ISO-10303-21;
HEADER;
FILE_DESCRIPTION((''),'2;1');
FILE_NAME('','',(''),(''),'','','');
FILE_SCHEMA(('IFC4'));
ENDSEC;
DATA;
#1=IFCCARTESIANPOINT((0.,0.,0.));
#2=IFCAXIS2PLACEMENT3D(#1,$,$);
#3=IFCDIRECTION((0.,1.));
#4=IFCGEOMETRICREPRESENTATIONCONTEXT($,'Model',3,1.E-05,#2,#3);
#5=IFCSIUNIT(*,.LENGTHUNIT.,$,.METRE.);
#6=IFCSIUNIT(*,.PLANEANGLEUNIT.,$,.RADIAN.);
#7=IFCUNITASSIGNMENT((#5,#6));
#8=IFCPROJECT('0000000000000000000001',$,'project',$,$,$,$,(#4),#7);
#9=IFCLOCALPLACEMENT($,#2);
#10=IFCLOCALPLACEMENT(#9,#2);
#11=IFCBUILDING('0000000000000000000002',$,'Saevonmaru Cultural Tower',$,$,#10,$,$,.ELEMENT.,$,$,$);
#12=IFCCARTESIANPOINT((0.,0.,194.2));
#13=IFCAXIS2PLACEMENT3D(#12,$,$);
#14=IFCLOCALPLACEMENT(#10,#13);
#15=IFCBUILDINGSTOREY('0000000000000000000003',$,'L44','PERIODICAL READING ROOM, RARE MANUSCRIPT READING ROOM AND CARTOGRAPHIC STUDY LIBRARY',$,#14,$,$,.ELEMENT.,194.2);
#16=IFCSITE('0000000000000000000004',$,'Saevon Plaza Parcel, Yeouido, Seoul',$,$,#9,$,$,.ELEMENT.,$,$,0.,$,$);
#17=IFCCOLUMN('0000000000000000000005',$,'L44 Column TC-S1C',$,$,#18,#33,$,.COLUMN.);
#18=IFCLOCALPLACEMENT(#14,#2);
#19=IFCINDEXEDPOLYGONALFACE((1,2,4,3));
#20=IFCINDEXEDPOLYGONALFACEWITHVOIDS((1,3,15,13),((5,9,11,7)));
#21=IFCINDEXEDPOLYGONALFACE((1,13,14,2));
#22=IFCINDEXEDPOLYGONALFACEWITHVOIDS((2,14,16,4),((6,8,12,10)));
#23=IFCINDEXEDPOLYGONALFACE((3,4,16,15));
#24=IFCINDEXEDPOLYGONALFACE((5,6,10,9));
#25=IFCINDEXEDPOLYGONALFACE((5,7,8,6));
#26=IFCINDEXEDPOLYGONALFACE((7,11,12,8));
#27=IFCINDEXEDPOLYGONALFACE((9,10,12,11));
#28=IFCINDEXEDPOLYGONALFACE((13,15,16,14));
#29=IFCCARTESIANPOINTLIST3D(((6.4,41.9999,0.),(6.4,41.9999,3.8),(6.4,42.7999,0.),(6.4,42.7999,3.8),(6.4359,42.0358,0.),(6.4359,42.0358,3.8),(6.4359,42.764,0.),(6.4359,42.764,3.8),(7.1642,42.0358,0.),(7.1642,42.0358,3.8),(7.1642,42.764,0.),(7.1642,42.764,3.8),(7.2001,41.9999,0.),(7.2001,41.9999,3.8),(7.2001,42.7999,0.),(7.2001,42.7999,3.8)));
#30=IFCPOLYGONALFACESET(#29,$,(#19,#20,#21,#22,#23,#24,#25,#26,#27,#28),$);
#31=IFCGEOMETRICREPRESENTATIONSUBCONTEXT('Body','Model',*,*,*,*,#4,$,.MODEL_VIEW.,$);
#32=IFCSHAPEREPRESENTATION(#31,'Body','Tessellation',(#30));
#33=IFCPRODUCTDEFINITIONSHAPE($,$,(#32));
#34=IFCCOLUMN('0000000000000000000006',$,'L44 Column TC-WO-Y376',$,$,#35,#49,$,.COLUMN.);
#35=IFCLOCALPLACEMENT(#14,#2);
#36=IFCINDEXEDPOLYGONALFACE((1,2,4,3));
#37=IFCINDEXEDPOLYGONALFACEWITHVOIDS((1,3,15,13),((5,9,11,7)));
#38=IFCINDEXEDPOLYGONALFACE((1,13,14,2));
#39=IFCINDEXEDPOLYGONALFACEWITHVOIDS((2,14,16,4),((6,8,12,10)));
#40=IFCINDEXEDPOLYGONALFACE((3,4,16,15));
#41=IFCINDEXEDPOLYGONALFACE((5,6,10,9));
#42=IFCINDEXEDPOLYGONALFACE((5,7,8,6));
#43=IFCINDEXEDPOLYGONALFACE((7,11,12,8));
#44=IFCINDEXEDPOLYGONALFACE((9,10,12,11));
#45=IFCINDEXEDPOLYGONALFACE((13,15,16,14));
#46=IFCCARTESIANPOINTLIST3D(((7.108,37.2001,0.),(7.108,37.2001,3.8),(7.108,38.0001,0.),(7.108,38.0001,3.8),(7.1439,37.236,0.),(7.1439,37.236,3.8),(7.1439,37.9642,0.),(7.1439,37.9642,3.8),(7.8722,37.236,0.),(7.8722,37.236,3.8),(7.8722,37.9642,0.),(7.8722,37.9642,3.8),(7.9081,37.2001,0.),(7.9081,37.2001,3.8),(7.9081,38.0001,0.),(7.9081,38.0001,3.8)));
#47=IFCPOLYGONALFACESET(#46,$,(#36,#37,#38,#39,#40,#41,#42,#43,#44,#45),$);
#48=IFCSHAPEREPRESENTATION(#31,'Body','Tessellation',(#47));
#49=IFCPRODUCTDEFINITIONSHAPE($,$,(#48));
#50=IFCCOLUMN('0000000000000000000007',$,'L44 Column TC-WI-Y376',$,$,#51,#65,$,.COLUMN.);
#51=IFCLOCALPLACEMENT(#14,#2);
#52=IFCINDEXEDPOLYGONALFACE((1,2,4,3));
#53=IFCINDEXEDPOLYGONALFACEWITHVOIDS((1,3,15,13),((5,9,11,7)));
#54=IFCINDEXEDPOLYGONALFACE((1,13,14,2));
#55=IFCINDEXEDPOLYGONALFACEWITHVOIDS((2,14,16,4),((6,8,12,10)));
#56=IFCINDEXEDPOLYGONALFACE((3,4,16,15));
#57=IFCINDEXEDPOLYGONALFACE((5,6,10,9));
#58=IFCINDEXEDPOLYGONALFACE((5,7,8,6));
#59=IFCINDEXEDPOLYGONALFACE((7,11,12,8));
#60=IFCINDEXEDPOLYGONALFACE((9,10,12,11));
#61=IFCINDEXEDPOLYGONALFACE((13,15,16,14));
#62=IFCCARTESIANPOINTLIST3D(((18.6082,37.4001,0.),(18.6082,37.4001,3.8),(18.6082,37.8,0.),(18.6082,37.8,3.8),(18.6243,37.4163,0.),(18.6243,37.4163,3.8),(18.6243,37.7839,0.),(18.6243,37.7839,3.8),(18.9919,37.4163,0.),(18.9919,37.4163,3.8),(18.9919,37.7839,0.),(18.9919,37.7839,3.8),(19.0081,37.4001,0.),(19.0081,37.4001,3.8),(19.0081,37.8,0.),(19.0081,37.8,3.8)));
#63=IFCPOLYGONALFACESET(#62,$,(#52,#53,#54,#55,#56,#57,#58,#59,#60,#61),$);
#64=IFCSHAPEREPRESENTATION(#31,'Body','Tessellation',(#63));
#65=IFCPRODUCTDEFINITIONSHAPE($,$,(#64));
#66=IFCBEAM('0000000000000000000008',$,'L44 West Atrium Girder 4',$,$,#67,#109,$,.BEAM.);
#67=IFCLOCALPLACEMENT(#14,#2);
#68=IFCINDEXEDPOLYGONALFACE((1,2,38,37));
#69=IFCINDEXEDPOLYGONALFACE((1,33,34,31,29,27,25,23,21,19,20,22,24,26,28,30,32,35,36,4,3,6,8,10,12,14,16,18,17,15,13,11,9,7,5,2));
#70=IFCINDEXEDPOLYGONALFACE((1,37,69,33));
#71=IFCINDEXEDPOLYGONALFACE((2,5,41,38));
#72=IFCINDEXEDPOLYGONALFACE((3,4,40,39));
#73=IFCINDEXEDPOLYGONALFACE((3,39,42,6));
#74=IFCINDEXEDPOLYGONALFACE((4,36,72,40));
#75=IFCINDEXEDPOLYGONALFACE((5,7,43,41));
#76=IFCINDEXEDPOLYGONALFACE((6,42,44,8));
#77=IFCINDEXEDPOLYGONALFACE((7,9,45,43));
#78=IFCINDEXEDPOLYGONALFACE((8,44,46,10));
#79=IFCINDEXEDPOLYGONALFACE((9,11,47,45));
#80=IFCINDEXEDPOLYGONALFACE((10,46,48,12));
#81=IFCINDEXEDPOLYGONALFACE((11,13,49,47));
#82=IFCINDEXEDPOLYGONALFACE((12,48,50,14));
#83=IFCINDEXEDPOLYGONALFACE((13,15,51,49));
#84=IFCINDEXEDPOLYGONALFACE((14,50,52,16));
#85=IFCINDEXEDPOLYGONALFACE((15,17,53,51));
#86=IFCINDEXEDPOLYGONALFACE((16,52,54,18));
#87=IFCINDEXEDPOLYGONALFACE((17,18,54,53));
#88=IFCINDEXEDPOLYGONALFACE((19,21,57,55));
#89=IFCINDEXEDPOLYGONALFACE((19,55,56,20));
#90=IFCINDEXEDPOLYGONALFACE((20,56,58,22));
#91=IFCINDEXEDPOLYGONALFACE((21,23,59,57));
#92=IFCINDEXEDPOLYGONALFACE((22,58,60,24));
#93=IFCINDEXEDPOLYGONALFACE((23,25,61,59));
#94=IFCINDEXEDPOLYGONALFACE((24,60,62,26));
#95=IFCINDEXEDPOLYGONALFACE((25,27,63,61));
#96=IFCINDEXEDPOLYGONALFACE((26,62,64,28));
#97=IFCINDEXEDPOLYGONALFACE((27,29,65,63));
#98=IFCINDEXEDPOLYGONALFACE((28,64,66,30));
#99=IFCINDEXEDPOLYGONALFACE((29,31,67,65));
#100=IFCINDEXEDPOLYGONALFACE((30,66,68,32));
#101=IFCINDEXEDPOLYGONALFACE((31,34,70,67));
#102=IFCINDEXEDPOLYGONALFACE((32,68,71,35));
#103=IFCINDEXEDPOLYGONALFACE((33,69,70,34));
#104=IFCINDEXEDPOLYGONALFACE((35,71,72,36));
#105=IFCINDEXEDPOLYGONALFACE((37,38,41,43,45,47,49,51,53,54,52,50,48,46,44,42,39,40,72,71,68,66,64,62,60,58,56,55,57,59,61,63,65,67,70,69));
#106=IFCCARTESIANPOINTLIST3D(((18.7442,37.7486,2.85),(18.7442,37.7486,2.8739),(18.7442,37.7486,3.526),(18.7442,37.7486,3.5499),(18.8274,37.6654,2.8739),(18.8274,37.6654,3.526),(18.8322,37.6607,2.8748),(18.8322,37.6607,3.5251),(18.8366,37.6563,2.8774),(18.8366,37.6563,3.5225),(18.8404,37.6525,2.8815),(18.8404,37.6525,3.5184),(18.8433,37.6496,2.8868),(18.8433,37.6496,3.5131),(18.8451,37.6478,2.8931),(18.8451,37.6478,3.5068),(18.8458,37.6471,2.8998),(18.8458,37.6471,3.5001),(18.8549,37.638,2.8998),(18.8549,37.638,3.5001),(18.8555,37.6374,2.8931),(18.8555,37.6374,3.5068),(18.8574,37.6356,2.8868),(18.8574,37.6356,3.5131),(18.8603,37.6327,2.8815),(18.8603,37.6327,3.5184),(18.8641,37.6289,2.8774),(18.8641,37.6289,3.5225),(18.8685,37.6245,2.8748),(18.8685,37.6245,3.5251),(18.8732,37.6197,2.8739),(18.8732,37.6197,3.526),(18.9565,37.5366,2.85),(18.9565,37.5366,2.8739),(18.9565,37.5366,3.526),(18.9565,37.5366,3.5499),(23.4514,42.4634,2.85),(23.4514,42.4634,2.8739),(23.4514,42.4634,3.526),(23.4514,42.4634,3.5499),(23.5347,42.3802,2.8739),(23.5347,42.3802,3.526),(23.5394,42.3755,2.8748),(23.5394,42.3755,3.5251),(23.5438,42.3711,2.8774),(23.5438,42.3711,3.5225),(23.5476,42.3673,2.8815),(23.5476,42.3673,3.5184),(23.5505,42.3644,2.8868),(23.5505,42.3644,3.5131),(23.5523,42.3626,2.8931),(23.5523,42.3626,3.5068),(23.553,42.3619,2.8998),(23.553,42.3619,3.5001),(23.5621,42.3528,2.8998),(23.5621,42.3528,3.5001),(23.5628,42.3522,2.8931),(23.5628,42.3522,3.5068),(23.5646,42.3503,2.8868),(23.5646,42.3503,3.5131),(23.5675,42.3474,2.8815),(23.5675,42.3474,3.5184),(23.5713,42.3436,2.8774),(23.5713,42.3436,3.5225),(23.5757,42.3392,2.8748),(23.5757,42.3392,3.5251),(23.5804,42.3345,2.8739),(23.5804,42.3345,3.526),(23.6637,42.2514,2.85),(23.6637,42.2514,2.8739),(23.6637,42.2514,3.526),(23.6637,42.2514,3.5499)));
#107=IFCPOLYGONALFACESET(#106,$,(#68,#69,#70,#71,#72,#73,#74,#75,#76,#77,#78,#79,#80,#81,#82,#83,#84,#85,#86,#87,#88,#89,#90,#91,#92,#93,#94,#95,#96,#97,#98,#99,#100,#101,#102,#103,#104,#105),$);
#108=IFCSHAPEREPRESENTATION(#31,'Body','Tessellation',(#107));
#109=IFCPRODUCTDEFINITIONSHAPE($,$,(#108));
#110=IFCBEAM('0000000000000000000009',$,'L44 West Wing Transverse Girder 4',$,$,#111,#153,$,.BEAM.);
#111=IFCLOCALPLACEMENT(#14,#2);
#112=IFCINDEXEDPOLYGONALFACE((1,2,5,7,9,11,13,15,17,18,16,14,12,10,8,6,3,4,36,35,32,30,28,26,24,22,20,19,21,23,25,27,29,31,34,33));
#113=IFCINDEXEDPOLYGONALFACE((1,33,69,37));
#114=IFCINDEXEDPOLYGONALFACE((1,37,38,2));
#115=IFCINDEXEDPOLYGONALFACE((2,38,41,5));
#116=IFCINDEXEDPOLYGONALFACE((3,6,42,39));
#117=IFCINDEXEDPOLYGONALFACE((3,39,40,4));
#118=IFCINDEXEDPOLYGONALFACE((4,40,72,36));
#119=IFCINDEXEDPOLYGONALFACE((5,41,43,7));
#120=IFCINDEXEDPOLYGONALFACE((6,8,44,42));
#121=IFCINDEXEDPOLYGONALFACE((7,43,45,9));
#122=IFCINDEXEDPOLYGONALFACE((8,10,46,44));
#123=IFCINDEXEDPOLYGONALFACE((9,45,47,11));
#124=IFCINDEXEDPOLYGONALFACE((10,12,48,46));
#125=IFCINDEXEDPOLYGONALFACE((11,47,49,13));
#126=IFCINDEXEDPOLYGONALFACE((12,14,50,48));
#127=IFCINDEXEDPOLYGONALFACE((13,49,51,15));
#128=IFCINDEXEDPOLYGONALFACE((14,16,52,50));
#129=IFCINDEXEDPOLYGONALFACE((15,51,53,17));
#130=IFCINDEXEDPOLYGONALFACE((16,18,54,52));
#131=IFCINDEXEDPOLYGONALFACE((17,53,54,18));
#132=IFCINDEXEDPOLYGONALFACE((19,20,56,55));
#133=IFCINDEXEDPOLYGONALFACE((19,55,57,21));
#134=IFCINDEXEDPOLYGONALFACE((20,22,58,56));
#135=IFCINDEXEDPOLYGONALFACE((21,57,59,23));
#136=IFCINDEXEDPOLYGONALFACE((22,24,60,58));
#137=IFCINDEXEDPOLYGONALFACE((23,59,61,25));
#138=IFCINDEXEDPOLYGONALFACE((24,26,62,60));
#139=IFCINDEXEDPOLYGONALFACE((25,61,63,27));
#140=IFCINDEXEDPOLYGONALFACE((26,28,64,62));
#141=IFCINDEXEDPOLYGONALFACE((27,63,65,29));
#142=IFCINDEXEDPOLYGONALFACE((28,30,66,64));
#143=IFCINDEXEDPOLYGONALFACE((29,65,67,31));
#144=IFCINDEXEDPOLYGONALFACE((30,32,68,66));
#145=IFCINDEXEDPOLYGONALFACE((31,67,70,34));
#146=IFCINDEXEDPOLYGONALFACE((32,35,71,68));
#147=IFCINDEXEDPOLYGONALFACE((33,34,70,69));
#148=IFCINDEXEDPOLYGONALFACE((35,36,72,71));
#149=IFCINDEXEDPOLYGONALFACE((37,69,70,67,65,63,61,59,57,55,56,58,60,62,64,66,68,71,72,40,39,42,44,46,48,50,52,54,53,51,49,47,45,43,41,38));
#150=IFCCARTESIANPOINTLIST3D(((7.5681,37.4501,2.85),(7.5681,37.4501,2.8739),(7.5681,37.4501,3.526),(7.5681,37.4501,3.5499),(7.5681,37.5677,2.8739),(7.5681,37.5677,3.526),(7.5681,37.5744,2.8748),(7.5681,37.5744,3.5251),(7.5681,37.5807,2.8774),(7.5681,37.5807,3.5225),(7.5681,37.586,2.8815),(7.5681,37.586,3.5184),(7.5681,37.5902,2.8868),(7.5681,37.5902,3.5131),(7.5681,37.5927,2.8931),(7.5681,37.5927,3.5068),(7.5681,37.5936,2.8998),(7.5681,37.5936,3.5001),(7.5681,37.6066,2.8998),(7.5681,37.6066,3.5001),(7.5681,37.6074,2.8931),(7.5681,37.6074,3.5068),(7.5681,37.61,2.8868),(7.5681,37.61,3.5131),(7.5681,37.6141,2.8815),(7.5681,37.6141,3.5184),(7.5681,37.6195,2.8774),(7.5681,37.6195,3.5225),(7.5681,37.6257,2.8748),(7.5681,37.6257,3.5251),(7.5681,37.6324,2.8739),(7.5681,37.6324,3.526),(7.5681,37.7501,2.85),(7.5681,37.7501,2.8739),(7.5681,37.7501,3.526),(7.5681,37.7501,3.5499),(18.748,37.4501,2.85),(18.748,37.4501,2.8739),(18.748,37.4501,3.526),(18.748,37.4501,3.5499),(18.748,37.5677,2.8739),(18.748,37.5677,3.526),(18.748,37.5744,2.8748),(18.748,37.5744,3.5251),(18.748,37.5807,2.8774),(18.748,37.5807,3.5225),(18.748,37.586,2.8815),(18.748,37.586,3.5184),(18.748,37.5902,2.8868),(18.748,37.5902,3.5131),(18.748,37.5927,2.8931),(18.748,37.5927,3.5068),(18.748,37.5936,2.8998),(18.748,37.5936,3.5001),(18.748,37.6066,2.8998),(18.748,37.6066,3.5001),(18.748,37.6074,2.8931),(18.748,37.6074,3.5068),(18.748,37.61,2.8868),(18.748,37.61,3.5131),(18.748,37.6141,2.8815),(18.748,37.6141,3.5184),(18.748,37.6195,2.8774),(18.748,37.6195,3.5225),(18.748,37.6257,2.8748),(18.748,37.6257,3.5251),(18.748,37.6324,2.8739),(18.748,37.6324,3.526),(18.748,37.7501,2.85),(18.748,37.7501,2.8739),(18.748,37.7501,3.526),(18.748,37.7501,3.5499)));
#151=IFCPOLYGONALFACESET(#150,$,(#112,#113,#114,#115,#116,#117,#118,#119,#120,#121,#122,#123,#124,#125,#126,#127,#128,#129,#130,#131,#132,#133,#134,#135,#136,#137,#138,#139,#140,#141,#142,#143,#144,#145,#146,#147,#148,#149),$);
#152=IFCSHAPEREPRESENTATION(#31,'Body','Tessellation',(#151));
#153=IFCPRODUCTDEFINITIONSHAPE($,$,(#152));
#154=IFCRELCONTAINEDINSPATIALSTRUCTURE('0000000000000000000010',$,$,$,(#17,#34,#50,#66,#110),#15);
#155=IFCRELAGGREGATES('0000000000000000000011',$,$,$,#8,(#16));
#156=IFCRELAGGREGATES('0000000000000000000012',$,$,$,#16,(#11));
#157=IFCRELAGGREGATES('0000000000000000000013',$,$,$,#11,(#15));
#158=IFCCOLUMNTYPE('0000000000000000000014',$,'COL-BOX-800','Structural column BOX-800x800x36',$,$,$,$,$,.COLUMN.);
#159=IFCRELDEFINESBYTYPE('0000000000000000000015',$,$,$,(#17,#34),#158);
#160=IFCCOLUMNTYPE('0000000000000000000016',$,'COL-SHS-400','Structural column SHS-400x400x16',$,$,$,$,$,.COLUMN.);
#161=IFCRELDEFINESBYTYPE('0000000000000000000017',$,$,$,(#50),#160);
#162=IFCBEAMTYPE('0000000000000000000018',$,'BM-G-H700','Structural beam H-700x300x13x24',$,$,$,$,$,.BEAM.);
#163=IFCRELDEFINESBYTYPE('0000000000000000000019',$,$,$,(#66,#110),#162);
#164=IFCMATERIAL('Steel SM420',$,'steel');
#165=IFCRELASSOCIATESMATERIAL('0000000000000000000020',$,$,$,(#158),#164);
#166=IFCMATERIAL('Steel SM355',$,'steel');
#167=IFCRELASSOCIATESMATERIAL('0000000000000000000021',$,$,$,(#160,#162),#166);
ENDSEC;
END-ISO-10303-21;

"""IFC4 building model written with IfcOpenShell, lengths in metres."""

from ifc_helpers import new_model, si_unit, direction, frame, origin, origin_2d, place, context, subcontext, project, spatial, hollow_rectangle, i_section, extrude, material, material_profile, profile_set, type_object, element, save


model = new_model("IFC4")

# Units and contexts
model_context = context("Model", 3, precision=1e-05, world=origin(), true_north=direction((0.0, 1.0)))
body_context = subcontext(model_context, "Body", "Model", "MODEL_VIEW")
ifc_project = project(units=[si_unit("LENGTHUNIT", "METRE"), si_unit("PLANEANGLEUNIT", "RADIAN")], contexts=[model_context])

# Site, building, storey
site_placement = place(None, origin())
site = spatial("IfcSite", under=ifc_project, at=site_placement, Name="Saevon Plaza Parcel, Yeouido, Seoul", CompositionType="ELEMENT", RefElevation=0.0)
building_placement = place(site_placement, origin())
building = spatial("IfcBuilding", under=site, at=building_placement, Name="Saevonmaru Cultural Tower", CompositionType="ELEMENT")
storey_placement = place(building_placement, frame((0.0, 0.0, 194.2)))
storey = spatial("IfcBuildingStorey", under=building, at=storey_placement, Name="L44", Description="PERIODICAL READING ROOM, RARE MANUSCRIPT READING ROOM AND CARTOGRAPHIC STUDY LIBRARY", CompositionType="ELEMENT", Elevation=194.2)

# Columns
ifc_material_1 = material(Name="Steel SM420", Category="steel")
ifc_material_profile_1 = material_profile(ifc_material_1, hollow_rectangle(XDim=0.8, YDim=0.8, WallThickness=0.0359, at=origin_2d()), Name="BOX-800x800x36")
ifc_profile_set_1 = profile_set([ifc_material_profile_1], Name="Steel SM420")
column_type_1 = type_object("IfcColumnType", Name="COL-BOX-800", Description="Structural column BOX-800x800x36", PredefinedType="COLUMN", material=ifc_profile_set_1)
for number, where, z_axis, x_axis, name in (
    (1, (6.8, 42.3999, 0.0), (0.0, 0.0, 1.0), (1.0, 0.0, 0.0), "L44 Column TC-S1C"),
    (2, (7.5081, 37.6001, 0.0), (0.0, 0.0, 1.0), (1.0, 0.0, 0.0), "L44 Column TC-WO-Y376"),
):
    element("IfcColumn", number, at=place(storey_placement, frame(where, z_axis=z_axis, x_axis=x_axis)), inside=storey, type_object=column_type_1, Name=name, PredefinedType="COLUMN", context=body_context, shape_type="SweptSolid", body=[
        extrude(hollow_rectangle(XDim=0.8, YDim=0.8, WallThickness=0.0359, at=origin_2d()), origin(), (0.0, 0.0, 1.0), 3.8),
    ])
ifc_material_2 = material(Name="Steel SM355", Category="steel")
ifc_material_profile_2 = material_profile(ifc_material_2, hollow_rectangle(XDim=0.3999, YDim=0.3999, WallThickness=0.0161, at=origin_2d()), Name="SHS-400x400x16")
ifc_profile_set_2 = profile_set([ifc_material_profile_2], Name="Steel SM355")
column_type_2 = type_object("IfcColumnType", Name="COL-SHS-400", Description="Structural column SHS-400x400x16", PredefinedType="COLUMN", material=ifc_profile_set_2)
column_placement = place(storey_placement, frame((18.8081, 37.6001, 0.0), z_axis=(0.0, 0.0, 1.0), x_axis=(1.0, 0.0, 0.0)))
element("IfcColumn", 3, at=column_placement, inside=storey, type_object=column_type_2, Name="L44 Column TC-WI-Y376", PredefinedType="COLUMN", context=body_context, shape_type="SweptSolid", body=[
    extrude(hollow_rectangle(XDim=0.3999, YDim=0.3999, WallThickness=0.0161, at=origin_2d()), origin(), (0.0, 0.0, 1.0), 3.8),
])

# Beams
ifc_material_profile_3 = material_profile(ifc_material_2, i_section(OverallWidth=0.3, OverallDepth=0.7, WebThickness=0.0129, FlangeThickness=0.0239, FilletRadius=0.0259, at=origin_2d()), Name="H-700x300x13x24")
ifc_profile_set_3 = profile_set([ifc_material_profile_3], Name="Steel SM355")
beam_type_1 = type_object("IfcBeamType", Name="BM-G-H700", Description="Structural beam H-700x300x13x24", PredefinedType="BEAM", material=ifc_profile_set_3)
beam_1_placement = place(storey_placement, frame((18.8503, 37.6426, 3.2), z_axis=(0.706539, 0.707675, 0.0), x_axis=(-0.707675, 0.706539, 0.0)))
element("IfcBeam", 4, at=beam_1_placement, inside=storey, type_object=beam_type_1, Name="L44 West Atrium Girder 4", PredefinedType="BEAM", context=body_context, shape_type="SweptSolid", body=[
    extrude(i_section(OverallWidth=0.3, OverallDepth=0.7, WebThickness=0.0129, FlangeThickness=0.0239, FilletRadius=0.0259, at=origin_2d()), origin(), (0.0, 0.0, 1.0), 6.6624),
])
beam_2_placement = place(storey_placement, frame((7.5681, 37.6001, 3.2), z_axis=(1.0, 0.0, 0.0), x_axis=(0.0, 1.0, 0.0)))
element("IfcBeam", 5, at=beam_2_placement, inside=storey, type_object=beam_type_1, Name="L44 West Wing Transverse Girder 4", PredefinedType="BEAM", context=body_context, shape_type="SweptSolid", body=[
    extrude(i_section(OverallWidth=0.3, OverallDepth=0.7, WebThickness=0.0129, FlangeThickness=0.0239, FilletRadius=0.0259, at=origin_2d()), origin(), (0.0, 0.0, 1.0), 11.1799),
])

save(model, "model.ifc")
